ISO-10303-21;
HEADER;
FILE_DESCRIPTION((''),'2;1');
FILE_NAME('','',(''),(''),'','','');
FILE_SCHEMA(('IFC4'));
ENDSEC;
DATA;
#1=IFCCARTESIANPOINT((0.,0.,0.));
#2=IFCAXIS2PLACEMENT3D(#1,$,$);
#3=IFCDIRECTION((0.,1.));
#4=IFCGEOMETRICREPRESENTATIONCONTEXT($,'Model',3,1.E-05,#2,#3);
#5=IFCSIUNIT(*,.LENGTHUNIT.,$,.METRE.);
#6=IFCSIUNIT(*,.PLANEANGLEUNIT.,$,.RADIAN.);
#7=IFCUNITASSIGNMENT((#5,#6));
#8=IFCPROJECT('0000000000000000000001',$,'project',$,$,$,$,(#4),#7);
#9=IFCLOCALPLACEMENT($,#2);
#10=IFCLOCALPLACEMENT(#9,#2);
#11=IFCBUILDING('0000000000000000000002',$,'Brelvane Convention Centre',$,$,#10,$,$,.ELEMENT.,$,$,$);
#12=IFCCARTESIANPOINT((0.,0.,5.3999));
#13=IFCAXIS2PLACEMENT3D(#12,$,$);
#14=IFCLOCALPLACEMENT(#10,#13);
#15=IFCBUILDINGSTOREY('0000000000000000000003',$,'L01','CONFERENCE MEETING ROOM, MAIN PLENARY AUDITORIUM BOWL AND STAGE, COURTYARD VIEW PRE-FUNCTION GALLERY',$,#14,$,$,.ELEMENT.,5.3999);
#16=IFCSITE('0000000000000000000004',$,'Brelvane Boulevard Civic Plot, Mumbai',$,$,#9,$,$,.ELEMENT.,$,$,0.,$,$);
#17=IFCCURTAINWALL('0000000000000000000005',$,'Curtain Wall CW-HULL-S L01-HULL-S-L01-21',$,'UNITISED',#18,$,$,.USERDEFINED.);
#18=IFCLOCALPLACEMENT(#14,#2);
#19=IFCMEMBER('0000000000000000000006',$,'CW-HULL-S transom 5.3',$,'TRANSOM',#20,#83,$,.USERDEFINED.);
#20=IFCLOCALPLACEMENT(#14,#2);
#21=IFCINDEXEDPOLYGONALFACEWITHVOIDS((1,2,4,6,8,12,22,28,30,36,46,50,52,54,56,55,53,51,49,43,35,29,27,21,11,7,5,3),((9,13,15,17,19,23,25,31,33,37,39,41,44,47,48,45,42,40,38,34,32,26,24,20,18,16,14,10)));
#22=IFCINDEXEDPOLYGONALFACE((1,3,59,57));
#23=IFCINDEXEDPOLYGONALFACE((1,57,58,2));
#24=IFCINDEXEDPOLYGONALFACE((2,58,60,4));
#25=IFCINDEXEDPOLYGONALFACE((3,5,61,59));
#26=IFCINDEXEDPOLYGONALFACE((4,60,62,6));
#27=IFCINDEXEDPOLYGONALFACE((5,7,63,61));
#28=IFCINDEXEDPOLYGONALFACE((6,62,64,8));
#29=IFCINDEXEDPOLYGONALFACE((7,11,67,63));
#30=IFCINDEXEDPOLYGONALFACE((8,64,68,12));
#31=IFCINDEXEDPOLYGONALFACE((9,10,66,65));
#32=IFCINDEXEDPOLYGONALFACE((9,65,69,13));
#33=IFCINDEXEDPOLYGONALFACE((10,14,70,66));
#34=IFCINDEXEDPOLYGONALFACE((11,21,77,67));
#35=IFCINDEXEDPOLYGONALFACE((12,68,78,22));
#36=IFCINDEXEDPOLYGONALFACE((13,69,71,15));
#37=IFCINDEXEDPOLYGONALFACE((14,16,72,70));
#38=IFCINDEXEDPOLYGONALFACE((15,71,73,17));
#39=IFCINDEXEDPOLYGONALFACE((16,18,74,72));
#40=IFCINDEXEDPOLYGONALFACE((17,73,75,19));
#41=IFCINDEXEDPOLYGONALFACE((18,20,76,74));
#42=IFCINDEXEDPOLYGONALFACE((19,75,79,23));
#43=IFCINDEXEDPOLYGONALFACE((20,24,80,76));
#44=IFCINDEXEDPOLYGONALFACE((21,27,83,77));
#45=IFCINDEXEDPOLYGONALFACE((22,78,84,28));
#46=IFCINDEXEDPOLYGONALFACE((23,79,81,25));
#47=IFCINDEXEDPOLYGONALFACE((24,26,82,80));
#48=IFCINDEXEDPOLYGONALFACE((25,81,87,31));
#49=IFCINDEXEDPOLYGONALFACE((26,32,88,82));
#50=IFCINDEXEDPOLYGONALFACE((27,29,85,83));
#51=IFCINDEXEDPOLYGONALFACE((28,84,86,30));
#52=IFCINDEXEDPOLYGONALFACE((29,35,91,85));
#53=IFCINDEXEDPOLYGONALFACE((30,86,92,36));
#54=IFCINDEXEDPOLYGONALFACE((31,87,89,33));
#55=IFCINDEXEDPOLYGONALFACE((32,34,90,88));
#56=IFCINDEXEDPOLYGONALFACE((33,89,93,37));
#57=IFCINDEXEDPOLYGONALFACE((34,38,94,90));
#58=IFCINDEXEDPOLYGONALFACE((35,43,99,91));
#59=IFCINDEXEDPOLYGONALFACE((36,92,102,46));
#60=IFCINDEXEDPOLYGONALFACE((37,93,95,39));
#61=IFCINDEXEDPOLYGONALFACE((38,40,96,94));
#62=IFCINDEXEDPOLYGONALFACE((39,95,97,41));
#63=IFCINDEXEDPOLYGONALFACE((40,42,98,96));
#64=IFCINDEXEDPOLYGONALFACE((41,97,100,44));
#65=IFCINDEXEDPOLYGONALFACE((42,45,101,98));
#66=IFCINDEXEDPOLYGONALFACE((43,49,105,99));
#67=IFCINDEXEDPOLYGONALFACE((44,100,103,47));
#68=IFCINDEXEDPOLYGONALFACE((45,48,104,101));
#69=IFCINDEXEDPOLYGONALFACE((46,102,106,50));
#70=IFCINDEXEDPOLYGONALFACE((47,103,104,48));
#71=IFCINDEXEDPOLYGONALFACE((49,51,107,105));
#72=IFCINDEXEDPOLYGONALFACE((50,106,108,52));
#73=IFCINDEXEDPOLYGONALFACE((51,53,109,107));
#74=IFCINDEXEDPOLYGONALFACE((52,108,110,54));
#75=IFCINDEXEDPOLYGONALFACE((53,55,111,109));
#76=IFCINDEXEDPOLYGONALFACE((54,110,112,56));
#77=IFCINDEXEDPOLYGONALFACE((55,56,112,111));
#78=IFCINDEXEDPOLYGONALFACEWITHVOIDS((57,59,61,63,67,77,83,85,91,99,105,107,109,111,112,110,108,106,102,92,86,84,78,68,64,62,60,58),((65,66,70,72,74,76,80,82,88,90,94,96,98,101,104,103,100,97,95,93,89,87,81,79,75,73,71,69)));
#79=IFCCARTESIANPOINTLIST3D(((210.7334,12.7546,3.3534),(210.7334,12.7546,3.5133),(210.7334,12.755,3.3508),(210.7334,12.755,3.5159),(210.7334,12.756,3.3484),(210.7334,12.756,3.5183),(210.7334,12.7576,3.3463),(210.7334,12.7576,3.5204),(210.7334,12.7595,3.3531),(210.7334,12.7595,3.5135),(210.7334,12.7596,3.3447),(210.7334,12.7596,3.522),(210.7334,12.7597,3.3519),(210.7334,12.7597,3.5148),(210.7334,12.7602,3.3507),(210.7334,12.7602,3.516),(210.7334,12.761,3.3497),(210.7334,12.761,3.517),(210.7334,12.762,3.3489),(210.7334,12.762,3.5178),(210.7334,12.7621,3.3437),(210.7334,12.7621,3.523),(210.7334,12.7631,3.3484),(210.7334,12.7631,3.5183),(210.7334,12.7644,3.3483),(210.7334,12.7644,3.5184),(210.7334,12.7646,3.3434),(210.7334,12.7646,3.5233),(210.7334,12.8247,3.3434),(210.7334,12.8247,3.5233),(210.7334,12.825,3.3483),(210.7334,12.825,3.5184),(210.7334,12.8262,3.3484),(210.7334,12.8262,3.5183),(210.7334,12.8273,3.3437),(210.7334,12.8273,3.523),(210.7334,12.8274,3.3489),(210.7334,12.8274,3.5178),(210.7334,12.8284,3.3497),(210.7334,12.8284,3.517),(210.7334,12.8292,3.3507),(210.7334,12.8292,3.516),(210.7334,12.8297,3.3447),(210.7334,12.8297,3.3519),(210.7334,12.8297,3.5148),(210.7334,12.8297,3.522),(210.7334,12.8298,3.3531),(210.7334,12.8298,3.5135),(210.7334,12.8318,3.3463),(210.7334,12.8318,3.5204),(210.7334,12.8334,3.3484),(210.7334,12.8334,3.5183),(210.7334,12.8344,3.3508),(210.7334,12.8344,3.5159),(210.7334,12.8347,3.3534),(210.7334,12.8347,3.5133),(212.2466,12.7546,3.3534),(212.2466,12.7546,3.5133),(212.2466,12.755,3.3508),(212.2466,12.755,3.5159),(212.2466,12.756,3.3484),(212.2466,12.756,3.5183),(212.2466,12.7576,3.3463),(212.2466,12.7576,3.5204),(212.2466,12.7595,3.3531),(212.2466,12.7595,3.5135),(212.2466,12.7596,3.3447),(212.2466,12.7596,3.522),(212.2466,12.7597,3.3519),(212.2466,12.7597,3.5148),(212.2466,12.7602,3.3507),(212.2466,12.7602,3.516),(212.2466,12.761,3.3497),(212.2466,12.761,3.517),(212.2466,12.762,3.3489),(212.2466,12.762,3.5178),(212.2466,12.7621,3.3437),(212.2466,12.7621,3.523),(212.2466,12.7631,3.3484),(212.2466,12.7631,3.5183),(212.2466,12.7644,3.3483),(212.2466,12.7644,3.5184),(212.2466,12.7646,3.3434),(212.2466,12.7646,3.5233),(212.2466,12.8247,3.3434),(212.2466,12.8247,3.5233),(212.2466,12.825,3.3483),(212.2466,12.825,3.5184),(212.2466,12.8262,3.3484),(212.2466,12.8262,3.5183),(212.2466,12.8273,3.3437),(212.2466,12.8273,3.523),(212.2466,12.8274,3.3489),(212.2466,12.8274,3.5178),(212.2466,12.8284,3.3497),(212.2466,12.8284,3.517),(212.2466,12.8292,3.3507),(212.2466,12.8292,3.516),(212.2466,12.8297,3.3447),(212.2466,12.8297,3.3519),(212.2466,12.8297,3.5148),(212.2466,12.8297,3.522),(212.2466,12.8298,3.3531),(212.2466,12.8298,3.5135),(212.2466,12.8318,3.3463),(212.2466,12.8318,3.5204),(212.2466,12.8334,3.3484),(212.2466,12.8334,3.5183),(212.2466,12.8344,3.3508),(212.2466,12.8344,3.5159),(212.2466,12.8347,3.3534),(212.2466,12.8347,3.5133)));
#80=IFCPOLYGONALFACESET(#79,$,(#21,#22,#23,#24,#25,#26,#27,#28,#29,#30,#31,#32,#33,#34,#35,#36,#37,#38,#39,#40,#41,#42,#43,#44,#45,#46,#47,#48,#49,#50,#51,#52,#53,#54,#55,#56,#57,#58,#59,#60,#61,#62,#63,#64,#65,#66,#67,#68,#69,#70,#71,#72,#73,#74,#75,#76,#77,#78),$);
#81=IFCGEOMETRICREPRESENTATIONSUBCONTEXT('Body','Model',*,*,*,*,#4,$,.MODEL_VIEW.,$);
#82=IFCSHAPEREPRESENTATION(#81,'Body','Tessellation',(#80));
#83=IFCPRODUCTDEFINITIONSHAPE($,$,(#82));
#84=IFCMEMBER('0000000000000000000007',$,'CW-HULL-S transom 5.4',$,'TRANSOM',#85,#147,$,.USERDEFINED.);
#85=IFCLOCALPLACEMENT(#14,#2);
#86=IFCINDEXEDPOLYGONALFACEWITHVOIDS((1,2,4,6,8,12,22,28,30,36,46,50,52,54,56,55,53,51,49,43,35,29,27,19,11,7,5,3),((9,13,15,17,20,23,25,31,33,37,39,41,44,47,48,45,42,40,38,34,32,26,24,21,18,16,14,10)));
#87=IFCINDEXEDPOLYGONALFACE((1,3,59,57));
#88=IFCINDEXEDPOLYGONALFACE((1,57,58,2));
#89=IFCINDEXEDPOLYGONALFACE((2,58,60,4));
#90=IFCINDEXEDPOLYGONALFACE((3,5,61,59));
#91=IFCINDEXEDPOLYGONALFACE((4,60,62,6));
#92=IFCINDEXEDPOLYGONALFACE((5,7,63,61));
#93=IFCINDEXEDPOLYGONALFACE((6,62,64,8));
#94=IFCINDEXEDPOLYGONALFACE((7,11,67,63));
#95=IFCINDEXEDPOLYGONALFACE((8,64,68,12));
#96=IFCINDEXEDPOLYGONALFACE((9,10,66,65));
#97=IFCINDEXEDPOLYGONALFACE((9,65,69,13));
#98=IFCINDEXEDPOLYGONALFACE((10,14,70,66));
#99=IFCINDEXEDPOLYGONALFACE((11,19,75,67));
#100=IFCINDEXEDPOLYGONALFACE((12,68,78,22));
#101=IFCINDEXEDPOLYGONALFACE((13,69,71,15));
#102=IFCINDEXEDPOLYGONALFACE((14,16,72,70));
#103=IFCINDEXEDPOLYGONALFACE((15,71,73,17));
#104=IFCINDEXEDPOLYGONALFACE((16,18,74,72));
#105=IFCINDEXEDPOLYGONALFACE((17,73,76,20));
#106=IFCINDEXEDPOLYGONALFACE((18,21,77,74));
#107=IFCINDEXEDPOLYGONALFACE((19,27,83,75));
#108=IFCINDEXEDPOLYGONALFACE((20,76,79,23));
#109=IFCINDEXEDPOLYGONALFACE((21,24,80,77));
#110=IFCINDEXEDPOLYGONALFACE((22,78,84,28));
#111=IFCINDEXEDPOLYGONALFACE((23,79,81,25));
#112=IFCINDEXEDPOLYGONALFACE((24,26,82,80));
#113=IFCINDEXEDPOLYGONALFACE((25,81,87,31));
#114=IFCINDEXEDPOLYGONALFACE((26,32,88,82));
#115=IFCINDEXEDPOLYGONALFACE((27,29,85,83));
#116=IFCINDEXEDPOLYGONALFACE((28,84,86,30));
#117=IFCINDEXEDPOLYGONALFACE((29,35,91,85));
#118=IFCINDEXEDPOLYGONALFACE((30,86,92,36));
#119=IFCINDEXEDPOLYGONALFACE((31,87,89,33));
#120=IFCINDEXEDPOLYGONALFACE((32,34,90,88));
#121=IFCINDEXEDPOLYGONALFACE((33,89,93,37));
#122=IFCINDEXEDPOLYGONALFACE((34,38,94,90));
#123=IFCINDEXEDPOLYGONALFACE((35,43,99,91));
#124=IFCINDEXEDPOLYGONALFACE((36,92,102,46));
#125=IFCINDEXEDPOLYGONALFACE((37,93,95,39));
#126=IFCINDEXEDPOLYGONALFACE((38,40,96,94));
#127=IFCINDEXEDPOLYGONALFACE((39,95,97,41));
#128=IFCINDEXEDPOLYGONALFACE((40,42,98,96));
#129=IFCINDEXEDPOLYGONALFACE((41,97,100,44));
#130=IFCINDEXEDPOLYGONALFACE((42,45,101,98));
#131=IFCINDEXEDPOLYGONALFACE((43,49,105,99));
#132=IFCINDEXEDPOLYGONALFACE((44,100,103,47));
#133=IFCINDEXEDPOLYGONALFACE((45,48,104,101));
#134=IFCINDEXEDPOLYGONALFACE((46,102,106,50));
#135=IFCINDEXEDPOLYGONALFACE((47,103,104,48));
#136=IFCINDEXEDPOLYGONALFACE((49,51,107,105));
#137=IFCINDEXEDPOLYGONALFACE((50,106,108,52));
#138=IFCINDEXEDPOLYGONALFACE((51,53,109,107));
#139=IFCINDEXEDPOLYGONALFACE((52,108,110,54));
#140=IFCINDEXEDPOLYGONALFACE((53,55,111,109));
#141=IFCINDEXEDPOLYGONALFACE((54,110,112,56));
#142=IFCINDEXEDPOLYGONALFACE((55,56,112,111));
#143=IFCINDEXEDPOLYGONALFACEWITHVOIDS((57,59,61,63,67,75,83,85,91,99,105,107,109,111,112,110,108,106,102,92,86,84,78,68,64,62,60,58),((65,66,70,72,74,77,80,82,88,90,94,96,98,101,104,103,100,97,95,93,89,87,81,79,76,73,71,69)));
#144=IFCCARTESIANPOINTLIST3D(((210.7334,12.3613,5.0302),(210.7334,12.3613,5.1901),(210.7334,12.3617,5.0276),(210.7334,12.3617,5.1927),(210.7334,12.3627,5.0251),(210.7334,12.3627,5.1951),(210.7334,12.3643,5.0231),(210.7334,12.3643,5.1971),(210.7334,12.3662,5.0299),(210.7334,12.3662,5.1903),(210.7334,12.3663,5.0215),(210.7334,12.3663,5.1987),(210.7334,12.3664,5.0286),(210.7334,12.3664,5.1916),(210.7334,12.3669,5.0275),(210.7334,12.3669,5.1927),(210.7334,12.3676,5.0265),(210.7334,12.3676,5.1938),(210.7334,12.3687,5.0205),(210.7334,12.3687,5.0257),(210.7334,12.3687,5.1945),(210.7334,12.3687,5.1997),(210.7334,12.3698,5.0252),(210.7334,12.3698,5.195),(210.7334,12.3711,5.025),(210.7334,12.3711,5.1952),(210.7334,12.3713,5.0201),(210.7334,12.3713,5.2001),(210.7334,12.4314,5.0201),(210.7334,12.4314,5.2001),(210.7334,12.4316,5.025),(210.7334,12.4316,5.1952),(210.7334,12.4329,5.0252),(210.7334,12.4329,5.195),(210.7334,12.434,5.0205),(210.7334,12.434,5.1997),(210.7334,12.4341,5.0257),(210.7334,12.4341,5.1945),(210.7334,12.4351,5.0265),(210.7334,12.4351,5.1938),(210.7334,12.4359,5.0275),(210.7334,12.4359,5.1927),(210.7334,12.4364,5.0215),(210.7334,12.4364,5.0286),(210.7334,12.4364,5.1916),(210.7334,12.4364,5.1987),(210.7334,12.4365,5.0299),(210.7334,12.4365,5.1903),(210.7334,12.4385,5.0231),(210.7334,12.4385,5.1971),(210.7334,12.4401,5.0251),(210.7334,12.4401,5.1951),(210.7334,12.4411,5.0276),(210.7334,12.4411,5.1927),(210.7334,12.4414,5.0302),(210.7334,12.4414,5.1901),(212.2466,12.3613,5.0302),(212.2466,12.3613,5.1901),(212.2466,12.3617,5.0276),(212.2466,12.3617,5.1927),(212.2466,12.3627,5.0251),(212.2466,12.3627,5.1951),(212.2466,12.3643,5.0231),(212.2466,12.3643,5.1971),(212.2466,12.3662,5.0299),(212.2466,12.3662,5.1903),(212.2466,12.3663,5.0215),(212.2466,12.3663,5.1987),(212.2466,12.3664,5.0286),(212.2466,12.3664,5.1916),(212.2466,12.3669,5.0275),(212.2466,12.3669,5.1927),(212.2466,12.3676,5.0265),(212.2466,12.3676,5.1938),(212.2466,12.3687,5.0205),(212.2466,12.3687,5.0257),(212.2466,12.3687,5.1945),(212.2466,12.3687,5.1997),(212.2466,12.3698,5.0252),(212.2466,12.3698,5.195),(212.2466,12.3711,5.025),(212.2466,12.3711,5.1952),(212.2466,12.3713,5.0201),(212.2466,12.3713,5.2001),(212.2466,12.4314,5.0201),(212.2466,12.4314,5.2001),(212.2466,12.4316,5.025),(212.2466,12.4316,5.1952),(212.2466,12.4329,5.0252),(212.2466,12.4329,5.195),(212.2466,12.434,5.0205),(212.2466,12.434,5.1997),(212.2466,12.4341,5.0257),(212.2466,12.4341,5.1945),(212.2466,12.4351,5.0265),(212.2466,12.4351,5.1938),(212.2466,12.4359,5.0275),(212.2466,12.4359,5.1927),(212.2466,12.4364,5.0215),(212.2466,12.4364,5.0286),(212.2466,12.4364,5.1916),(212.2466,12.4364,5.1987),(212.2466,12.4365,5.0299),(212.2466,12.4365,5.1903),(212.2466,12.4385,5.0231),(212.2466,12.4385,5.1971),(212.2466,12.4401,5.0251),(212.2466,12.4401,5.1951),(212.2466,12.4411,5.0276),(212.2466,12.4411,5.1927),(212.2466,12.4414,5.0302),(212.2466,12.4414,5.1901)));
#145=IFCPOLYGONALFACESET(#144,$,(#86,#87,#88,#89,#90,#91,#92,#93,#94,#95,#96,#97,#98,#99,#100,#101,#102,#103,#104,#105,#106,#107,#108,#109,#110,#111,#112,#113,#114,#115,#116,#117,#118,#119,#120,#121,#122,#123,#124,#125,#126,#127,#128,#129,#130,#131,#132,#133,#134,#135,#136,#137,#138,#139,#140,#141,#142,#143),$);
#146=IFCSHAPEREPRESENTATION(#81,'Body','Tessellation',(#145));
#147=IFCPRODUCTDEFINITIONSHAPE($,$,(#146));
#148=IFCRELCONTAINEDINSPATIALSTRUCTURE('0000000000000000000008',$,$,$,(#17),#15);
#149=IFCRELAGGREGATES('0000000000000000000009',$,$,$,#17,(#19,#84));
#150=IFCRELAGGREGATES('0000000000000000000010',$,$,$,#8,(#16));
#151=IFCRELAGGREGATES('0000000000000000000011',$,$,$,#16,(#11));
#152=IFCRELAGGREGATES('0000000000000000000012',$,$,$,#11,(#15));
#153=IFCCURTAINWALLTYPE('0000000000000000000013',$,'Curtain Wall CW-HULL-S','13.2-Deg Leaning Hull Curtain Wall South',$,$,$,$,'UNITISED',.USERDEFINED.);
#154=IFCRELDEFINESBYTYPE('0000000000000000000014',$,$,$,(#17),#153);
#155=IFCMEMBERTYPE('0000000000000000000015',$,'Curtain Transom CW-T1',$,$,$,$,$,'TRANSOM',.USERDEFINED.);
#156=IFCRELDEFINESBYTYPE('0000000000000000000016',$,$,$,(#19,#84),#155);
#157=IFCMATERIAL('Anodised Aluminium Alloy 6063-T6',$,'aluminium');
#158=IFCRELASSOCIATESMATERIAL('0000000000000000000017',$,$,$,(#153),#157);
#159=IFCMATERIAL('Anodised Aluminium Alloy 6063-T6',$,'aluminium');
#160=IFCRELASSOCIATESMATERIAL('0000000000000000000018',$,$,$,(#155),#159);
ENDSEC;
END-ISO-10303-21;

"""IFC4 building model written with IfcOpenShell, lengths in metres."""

from ifc_helpers import new_model, si_unit, direction, frame, origin, origin_2d, place, context, subcontext, project, spatial, hollow_rectangle, extrude, material, material_profile, profile_set, type_object, element, aggregate, save


model = new_model("IFC4")

# Units and contexts
model_context = context("Model", 3, precision=1e-05, world=origin(), true_north=direction((0.0, 1.0)))
body_context = subcontext(model_context, "Body", "Model", "MODEL_VIEW")
ifc_project = project(units=[si_unit("LENGTHUNIT", "METRE"), si_unit("PLANEANGLEUNIT", "RADIAN")], contexts=[model_context])

# Site, building, storey
site_placement = place(None, origin())
site = spatial("IfcSite", under=ifc_project, at=site_placement, Name="Brelvane Boulevard Civic Plot, Mumbai", CompositionType="ELEMENT", RefElevation=0.0)
building_placement = place(site_placement, origin())
building = spatial("IfcBuilding", under=site, at=building_placement, Name="Brelvane Convention Centre", CompositionType="ELEMENT")
storey_placement = place(building_placement, frame((0.0, 0.0, 5.3999)))
storey = spatial("IfcBuildingStorey", under=building, at=storey_placement, Name="L01", Description="CONFERENCE MEETING ROOM, MAIN PLENARY AUDITORIUM BOWL AND STAGE, COURTYARD VIEW PRE-FUNCTION GALLERY", CompositionType="ELEMENT", Elevation=5.3999)

# Curtain wall, members
ifc_material_1 = material(Name="Anodised Aluminium Alloy 6063-T6", Category="aluminium")
curtain_wall_type = type_object("IfcCurtainWallType", Name="Curtain Wall CW-HULL-S", Description="13.2-Deg Leaning Hull Curtain Wall South", ElementType="UNITISED", PredefinedType="USERDEFINED", material=ifc_material_1)
curtain_wall_placement = place(storey_placement, origin())
curtain_wall = element("IfcCurtainWall", 1, at=curtain_wall_placement, inside=storey, type_object=curtain_wall_type, Name="Curtain Wall CW-HULL-S L01-HULL-S-L01-21", ObjectType="UNITISED", PredefinedType="USERDEFINED")
ifc_material_2 = material(Name="Anodised Aluminium Alloy 6063-T6", Category="aluminium")
ifc_material_profile = material_profile(ifc_material_2, hollow_rectangle(XDim=0.0801, YDim=0.1799, WallThickness=0.0049, InnerFilletRadius=0.0049, OuterFilletRadius=0.01, at=origin_2d()), Name="ALU-T 180x80x5.0")
ifc_profile_set = profile_set([ifc_material_profile], Name="Anodised Aluminium Alloy 6063-T6")
member_type = type_object("IfcMemberType", Name="Curtain Transom CW-T1", ElementType="TRANSOM", PredefinedType="USERDEFINED", material=ifc_profile_set)
member_1_placement = place(storey_placement, frame((210.7334, 12.7947, 3.4333), z_axis=(1.0, 0.0, 0.0), x_axis=(0.0, 1.0, 0.0)))
member_1 = element("IfcMember", 2, at=member_1_placement, type_object=member_type, Name="CW-HULL-S transom 5.3", ObjectType="TRANSOM", PredefinedType="USERDEFINED", context=body_context, shape_type="SweptSolid", body=[
    extrude(hollow_rectangle(XDim=0.0801, YDim=0.1799, WallThickness=0.0049, InnerFilletRadius=0.0049, OuterFilletRadius=0.01, at=origin_2d()), origin(), (0.0, 0.0, 1.0), 1.5132),
])
member_2_placement = place(storey_placement, frame((210.7334, 12.4014, 5.1101), z_axis=(1.0, 0.0, 0.0), x_axis=(0.0, 1.0, 0.0)))
member_2 = element("IfcMember", 3, at=member_2_placement, type_object=member_type, Name="CW-HULL-S transom 5.4", ObjectType="TRANSOM", PredefinedType="USERDEFINED", context=body_context, shape_type="SweptSolid", body=[
    extrude(hollow_rectangle(XDim=0.0801, YDim=0.1799, WallThickness=0.0049, InnerFilletRadius=0.0049, OuterFilletRadius=0.01, at=origin_2d()), origin(), (0.0, 0.0, 1.0), 1.5132),
])
aggregate(curtain_wall, [member_1, member_2])

save(model, "model.ifc")
